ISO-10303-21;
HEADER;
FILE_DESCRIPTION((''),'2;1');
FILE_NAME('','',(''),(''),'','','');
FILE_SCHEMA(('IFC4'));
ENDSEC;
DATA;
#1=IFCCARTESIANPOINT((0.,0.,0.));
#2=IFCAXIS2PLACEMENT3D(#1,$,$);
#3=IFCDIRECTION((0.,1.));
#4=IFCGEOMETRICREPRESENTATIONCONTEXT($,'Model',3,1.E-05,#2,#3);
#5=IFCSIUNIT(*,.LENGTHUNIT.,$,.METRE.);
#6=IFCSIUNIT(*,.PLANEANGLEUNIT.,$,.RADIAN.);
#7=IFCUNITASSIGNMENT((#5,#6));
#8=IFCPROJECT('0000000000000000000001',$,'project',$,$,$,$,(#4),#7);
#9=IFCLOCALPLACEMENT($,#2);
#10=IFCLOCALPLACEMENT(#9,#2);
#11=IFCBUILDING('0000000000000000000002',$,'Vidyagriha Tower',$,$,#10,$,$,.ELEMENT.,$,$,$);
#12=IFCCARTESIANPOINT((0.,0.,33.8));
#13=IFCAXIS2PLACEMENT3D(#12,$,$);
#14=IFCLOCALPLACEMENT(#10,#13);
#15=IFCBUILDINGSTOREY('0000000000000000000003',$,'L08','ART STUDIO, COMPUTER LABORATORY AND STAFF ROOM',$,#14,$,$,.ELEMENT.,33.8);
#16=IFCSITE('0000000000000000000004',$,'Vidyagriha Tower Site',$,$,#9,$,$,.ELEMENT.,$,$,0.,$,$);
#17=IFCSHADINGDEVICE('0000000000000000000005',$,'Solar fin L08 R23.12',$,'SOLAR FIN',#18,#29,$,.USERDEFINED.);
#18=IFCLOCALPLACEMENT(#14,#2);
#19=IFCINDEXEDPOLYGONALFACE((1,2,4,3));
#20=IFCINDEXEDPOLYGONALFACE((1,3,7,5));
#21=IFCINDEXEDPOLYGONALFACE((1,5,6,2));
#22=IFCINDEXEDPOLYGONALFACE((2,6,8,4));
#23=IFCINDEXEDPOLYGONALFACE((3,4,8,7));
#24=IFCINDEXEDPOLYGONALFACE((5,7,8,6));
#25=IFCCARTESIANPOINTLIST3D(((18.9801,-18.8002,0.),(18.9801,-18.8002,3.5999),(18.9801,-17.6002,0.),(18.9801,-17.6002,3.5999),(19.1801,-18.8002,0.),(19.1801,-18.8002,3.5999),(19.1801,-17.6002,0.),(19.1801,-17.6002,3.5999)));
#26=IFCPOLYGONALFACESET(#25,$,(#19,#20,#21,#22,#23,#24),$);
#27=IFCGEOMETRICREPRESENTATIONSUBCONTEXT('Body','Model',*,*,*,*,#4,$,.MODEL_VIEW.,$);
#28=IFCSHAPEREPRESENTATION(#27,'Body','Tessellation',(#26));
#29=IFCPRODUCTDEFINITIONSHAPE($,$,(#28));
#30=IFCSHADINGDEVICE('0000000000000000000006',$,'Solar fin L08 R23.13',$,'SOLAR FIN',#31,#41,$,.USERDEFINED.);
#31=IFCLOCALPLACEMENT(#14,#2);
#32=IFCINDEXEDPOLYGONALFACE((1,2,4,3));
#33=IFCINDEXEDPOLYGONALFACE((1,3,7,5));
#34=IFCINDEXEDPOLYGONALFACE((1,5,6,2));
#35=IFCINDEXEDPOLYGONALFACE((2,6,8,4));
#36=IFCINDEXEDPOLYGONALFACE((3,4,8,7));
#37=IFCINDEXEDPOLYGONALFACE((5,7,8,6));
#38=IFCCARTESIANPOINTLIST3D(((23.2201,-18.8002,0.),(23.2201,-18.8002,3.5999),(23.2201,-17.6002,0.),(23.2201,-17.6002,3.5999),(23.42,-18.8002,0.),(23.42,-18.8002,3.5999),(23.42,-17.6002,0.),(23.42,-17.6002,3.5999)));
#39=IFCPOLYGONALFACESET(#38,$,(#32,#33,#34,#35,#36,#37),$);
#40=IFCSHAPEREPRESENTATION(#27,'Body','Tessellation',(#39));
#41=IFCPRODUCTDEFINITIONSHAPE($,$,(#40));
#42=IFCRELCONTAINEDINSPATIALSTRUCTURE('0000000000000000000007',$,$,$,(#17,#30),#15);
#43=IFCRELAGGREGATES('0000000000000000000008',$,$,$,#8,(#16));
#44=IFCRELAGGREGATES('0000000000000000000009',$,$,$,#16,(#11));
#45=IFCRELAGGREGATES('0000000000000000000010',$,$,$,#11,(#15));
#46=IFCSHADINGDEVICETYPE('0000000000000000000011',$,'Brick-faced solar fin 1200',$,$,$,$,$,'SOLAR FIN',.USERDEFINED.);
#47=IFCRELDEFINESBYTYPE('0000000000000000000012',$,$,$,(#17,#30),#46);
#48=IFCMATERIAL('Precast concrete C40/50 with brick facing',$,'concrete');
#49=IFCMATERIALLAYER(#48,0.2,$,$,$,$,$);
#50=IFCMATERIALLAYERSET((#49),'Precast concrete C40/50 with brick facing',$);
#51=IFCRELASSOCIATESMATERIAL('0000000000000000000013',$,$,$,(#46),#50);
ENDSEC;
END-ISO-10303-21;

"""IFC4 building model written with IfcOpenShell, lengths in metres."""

from ifc_helpers import new_model, si_unit, direction, frame, frame_2d, origin, place, context, subcontext, project, spatial, rectangle, extrude, material, layer, layer_set, type_object, element, save


model = new_model("IFC4")

# Units and contexts
model_context = context("Model", 3, precision=1e-05, world=origin(), true_north=direction((0.0, 1.0)))
body_context = subcontext(model_context, "Body", "Model", "MODEL_VIEW")
ifc_project = project(units=[si_unit("LENGTHUNIT", "METRE"), si_unit("PLANEANGLEUNIT", "RADIAN")], contexts=[model_context])

# Site, building, storey
site_placement = place(None, origin())
site = spatial("IfcSite", under=ifc_project, at=site_placement, Name="Vidyagriha Tower Site", CompositionType="ELEMENT", RefElevation=0.0)
building_placement = place(site_placement, origin())
building = spatial("IfcBuilding", under=site, at=building_placement, Name="Vidyagriha Tower", CompositionType="ELEMENT")
storey_placement = place(building_placement, frame((0.0, 0.0, 33.8)))
storey = spatial("IfcBuildingStorey", under=building, at=storey_placement, Name="L08", Description="ART STUDIO, COMPUTER LABORATORY AND STAFF ROOM", CompositionType="ELEMENT", Elevation=33.8)

# Shading devices
ifc_material_1 = material(Name="Precast concrete C40/50 with brick facing", Category="concrete")
ifc_layer_1 = layer(ifc_material_1, 0.2)
ifc_layer_set_1 = layer_set([ifc_layer_1], Name="Precast concrete C40/50 with brick facing")
shading_device_type = type_object("IfcShadingDeviceType", Name="Brick-faced solar fin 1200", ElementType="SOLAR FIN", PredefinedType="USERDEFINED", material=ifc_layer_set_1)
for number, where, z_axis, x_axis, name in (
    (1, (19.0801, -17.6001, 0.0), (0.0, 0.0, 1.0), (0.0, -1.0, 0.0), "Solar fin L08 R23.12"),
    (2, (23.3201, -17.6001, 0.0), (0.0, 0.0, 1.0), (0.0, -1.0, 0.0), "Solar fin L08 R23.13"),
):
    element("IfcShadingDevice", number, at=place(storey_placement, frame(where, z_axis=z_axis, x_axis=x_axis)), inside=storey, type_object=shading_device_type, Name=name, ObjectType="SOLAR FIN", PredefinedType="USERDEFINED", context=body_context, shape_type="SweptSolid", body=[
        extrude(rectangle(XDim=1.2, YDim=0.2, at=frame_2d((0.6001, 0.0))), origin(), (0.0, 0.0, 1.0), 3.5999),
    ])

save(model, "model.ifc")
